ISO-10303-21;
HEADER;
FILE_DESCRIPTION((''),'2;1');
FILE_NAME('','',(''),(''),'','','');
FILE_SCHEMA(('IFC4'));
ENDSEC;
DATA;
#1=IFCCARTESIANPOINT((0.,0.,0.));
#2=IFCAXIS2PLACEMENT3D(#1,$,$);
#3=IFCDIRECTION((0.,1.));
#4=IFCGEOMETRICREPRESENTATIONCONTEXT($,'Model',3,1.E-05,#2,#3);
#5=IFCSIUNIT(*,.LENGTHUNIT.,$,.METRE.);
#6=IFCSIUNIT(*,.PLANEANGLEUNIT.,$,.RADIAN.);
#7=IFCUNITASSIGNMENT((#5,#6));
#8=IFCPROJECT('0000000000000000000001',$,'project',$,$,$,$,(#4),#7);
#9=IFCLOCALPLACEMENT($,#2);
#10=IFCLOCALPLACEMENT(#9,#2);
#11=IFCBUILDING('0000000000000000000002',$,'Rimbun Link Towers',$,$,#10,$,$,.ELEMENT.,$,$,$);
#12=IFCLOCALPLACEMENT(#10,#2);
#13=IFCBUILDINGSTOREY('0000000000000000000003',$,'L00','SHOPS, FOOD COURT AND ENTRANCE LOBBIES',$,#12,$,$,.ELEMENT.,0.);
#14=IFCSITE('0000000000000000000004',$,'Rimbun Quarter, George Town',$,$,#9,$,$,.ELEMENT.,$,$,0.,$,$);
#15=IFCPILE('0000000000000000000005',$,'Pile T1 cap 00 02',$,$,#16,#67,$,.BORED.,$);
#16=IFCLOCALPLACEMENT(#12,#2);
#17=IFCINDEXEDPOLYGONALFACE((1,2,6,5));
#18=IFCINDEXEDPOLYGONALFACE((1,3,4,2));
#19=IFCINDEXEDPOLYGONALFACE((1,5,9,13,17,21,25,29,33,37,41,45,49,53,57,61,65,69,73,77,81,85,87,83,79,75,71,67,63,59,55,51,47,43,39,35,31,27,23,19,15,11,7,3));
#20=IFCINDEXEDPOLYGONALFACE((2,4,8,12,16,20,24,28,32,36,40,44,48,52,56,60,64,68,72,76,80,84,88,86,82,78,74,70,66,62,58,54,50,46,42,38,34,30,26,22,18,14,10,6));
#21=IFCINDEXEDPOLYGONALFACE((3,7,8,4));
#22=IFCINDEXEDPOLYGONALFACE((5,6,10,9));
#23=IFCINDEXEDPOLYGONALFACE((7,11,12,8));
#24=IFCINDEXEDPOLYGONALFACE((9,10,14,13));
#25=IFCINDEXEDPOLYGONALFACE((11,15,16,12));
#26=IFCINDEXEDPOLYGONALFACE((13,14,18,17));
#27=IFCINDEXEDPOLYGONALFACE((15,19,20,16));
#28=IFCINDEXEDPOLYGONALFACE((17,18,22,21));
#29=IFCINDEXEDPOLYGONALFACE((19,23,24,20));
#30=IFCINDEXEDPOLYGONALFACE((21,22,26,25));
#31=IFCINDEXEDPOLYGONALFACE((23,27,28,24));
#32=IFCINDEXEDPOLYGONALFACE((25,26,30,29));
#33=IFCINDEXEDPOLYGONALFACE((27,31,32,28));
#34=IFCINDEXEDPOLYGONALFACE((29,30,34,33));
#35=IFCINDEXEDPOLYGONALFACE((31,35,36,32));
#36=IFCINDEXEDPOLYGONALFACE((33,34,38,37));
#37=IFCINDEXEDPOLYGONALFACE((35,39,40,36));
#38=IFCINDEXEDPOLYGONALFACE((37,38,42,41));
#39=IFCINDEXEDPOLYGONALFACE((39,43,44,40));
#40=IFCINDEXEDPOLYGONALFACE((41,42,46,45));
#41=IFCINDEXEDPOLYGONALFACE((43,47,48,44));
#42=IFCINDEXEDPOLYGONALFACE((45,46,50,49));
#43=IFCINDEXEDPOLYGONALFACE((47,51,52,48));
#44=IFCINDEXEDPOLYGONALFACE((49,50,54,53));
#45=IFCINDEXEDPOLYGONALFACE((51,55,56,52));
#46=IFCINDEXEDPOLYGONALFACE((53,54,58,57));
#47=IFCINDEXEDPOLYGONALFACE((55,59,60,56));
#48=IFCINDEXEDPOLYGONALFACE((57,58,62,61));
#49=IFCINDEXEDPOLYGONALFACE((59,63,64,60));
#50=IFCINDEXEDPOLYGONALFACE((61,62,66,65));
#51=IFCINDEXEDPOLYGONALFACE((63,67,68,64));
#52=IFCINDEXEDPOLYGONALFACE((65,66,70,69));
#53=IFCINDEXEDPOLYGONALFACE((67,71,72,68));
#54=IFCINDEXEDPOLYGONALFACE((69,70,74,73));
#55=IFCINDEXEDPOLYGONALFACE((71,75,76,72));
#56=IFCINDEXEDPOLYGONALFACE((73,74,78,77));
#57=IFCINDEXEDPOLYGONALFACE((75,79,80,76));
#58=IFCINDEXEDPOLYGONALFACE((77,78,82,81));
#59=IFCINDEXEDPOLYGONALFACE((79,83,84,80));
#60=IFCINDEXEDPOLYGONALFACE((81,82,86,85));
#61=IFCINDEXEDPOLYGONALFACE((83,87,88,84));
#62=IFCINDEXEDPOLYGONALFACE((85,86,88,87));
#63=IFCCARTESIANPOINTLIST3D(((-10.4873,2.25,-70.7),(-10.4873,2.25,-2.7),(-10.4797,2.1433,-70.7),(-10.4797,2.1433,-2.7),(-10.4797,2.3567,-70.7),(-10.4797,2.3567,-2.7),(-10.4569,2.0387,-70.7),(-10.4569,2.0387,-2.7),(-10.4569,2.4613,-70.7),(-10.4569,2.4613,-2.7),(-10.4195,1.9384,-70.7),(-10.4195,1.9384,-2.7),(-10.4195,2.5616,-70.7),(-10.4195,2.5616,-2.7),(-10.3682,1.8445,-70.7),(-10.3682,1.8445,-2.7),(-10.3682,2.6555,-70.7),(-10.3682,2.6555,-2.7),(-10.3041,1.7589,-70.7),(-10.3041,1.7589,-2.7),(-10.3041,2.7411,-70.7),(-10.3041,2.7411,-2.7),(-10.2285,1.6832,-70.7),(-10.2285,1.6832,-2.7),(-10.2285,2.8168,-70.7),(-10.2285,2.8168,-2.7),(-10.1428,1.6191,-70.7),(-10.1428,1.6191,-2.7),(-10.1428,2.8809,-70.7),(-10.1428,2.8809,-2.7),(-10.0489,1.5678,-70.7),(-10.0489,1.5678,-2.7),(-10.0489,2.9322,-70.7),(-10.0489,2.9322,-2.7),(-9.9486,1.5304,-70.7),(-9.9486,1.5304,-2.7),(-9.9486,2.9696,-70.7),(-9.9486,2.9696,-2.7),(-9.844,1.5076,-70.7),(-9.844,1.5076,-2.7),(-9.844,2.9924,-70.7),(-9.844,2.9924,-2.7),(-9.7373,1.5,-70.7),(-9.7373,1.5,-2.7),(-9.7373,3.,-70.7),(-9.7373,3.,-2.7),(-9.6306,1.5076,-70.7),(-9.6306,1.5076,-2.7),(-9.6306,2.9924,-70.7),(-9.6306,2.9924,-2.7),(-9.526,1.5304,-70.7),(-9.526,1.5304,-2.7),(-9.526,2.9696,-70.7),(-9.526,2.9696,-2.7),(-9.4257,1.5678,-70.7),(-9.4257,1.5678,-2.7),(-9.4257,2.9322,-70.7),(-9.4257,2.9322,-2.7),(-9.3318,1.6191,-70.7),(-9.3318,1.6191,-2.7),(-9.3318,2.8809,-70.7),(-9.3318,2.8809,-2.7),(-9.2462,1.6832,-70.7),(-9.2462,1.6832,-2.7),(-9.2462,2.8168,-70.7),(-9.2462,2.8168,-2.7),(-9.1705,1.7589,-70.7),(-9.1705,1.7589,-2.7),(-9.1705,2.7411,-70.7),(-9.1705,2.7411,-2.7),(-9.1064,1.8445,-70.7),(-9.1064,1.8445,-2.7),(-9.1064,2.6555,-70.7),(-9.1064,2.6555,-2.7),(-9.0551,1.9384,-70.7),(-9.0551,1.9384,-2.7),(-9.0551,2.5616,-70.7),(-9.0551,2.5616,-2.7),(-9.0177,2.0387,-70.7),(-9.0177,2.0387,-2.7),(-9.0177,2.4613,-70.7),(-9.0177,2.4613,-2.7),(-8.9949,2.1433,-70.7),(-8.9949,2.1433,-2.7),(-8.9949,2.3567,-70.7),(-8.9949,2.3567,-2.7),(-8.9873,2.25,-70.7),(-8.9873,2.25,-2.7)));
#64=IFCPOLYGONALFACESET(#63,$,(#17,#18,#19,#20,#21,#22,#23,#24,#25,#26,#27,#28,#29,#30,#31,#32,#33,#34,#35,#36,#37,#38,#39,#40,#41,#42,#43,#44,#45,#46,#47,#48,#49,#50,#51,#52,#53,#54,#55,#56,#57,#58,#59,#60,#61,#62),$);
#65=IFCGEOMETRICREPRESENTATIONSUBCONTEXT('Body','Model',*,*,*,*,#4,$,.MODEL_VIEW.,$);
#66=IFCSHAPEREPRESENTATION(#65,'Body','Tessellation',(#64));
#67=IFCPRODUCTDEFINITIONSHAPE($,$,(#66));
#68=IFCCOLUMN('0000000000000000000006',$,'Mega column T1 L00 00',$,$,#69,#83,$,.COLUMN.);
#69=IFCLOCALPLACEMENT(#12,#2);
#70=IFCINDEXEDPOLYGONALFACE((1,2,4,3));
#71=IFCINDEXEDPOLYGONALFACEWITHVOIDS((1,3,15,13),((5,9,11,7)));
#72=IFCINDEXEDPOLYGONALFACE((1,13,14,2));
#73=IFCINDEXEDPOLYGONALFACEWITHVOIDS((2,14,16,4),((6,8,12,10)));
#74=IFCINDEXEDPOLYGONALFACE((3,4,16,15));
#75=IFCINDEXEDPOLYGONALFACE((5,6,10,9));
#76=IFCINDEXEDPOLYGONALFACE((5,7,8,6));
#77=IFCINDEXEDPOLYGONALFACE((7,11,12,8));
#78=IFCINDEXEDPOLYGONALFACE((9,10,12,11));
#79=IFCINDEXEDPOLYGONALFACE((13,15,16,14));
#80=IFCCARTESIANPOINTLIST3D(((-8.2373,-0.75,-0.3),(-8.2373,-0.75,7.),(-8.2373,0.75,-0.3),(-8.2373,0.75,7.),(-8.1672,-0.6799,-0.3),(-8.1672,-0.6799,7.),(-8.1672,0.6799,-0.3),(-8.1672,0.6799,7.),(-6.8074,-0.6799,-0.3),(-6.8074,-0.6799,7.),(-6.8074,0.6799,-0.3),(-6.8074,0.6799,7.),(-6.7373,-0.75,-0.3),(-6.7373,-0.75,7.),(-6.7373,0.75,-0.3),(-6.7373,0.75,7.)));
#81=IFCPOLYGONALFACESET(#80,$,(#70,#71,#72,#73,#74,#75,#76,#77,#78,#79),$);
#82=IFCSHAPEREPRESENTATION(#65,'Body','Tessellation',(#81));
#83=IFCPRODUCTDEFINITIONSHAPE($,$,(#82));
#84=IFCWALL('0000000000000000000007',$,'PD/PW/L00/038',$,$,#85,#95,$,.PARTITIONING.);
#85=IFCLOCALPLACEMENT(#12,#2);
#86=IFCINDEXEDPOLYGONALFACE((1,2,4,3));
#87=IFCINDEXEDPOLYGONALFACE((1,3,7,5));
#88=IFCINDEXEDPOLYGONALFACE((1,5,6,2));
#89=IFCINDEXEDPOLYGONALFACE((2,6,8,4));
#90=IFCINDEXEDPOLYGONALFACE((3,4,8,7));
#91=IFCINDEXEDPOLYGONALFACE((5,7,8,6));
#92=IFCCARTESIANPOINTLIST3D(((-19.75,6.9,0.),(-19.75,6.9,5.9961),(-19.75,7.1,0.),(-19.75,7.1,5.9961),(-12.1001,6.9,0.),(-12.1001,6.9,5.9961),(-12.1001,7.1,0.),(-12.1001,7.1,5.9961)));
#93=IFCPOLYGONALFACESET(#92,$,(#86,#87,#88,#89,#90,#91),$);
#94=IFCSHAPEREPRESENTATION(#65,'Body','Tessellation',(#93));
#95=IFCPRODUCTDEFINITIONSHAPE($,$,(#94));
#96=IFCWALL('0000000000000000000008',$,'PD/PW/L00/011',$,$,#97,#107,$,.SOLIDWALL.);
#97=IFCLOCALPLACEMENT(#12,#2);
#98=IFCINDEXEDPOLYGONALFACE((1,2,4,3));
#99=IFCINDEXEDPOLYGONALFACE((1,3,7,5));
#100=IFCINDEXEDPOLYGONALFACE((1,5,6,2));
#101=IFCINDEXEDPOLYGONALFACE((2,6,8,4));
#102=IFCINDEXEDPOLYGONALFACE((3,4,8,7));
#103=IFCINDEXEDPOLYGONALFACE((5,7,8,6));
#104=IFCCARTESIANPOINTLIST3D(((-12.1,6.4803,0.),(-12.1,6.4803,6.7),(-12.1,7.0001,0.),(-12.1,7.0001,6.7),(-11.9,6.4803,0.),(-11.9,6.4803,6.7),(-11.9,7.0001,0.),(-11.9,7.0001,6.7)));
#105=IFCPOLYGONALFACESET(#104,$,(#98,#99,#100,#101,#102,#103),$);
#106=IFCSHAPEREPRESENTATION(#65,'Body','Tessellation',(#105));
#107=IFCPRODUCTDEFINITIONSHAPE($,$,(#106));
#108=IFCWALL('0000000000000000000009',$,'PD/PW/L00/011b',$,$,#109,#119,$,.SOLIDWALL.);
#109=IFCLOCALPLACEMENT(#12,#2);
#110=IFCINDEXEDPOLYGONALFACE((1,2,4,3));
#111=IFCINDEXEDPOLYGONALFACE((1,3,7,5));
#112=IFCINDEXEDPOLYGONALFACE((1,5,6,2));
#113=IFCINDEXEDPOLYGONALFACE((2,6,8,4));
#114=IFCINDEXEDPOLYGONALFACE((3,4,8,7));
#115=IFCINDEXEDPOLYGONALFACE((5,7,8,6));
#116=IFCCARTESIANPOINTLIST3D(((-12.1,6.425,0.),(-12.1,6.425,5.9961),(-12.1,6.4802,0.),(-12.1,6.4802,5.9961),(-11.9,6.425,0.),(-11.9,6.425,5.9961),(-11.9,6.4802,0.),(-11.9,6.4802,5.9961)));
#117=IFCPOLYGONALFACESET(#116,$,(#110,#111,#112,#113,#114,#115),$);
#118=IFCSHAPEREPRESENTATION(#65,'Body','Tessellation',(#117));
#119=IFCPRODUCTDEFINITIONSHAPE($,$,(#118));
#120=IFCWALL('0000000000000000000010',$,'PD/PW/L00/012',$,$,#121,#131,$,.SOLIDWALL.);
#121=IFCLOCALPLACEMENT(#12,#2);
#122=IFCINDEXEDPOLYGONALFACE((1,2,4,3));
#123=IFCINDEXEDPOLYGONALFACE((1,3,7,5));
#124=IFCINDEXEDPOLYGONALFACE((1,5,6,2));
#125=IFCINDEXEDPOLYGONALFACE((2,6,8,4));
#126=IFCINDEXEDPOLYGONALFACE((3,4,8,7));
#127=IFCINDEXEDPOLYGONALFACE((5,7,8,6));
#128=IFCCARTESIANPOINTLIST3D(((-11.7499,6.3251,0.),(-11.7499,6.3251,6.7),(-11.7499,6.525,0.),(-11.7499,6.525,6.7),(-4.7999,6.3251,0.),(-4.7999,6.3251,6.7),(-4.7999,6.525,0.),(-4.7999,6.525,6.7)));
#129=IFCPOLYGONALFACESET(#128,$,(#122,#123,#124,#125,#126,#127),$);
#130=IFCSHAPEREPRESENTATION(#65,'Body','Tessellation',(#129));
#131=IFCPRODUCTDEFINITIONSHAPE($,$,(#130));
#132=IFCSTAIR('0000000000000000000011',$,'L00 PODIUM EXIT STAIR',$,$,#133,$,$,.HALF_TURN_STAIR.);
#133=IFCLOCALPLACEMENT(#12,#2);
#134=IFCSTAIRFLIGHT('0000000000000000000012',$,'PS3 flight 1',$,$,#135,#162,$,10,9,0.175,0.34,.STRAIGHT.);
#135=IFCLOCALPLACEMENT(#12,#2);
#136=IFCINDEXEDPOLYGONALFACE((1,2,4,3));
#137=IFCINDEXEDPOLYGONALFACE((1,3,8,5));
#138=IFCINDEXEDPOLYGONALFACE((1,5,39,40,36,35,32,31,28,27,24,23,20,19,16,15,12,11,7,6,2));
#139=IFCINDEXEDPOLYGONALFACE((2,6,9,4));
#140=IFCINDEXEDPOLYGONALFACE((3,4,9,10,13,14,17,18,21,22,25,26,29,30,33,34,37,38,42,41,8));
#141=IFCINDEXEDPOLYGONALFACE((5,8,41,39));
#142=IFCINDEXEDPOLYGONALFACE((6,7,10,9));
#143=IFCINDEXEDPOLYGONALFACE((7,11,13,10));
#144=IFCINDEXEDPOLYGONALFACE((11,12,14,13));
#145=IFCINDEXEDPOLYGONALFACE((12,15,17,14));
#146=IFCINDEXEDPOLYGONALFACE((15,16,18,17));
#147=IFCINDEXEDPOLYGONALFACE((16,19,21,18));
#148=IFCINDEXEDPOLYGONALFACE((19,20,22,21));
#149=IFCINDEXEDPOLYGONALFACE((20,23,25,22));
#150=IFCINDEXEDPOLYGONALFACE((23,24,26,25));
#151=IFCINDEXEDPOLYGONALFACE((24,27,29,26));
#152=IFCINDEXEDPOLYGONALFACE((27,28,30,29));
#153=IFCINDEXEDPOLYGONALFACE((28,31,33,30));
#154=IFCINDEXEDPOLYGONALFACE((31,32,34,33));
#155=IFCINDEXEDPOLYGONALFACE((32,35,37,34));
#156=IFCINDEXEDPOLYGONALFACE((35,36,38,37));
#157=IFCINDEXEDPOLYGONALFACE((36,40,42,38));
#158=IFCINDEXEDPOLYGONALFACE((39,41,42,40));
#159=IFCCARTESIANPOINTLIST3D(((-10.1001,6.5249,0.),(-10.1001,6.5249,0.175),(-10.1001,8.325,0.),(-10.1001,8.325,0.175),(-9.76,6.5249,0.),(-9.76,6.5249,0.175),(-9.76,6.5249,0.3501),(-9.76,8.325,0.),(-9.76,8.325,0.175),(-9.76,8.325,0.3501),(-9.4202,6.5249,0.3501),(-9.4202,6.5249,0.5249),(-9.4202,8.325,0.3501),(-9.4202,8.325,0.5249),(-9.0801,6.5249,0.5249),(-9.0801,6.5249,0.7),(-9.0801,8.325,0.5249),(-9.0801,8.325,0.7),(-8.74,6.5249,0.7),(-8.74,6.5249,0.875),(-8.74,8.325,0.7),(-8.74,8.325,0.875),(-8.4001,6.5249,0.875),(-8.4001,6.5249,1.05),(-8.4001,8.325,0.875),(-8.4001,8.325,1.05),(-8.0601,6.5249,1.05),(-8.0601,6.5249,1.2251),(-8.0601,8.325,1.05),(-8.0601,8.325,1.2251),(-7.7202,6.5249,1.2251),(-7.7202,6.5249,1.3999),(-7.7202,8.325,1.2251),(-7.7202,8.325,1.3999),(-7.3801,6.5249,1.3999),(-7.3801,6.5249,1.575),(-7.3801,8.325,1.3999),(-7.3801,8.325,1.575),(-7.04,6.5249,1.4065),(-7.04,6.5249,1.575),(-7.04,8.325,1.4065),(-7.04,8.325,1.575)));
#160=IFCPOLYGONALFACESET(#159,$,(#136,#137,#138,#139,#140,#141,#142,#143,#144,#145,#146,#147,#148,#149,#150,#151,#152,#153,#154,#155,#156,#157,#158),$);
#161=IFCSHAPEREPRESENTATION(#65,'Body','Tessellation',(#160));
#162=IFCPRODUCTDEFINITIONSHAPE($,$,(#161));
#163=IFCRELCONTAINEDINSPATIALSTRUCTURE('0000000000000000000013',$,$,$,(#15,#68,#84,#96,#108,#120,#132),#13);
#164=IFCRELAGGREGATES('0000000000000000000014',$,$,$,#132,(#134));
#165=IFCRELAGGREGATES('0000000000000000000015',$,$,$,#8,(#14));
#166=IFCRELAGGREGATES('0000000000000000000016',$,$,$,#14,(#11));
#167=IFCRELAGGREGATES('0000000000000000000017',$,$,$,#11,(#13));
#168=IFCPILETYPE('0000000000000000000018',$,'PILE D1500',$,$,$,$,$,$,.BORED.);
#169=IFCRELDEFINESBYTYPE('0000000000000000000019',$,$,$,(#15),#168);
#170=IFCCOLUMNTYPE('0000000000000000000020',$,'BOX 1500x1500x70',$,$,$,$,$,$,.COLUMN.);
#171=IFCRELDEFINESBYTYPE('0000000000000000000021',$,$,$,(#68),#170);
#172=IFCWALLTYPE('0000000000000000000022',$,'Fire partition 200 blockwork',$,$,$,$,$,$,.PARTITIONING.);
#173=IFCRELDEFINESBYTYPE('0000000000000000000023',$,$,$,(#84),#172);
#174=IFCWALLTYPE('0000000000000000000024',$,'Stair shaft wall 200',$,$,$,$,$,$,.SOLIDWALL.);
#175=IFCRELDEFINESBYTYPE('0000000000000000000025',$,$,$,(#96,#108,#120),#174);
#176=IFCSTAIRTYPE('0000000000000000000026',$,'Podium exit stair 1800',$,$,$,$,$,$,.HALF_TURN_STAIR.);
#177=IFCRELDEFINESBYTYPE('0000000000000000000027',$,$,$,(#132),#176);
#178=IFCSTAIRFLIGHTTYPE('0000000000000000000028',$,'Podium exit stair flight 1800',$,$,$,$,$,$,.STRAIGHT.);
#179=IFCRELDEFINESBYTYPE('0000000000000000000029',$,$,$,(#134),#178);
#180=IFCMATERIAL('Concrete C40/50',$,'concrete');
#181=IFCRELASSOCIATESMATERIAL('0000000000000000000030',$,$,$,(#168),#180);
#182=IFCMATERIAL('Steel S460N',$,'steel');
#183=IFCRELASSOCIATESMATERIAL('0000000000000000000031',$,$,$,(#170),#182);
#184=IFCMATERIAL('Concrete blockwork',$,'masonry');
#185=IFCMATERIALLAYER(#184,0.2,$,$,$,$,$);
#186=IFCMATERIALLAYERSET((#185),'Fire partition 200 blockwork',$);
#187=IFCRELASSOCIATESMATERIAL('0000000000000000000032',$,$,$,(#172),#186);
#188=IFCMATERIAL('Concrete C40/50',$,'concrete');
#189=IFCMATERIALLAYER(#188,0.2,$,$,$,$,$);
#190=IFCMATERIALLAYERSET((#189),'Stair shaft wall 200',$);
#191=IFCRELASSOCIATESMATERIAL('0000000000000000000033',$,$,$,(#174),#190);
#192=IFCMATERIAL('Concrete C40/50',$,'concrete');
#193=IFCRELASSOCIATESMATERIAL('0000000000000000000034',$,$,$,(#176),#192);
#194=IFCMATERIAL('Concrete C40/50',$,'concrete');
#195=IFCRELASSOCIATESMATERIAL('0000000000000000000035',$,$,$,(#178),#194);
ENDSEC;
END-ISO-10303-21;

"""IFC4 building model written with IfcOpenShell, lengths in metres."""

from ifc_helpers import new_model, si_unit, direction, frame, frame_2d, origin, origin_2d, place, context, subcontext, project, spatial, polyline, rectangle, hollow_rectangle, circle, outline, extrude, material, layer, layer_set, material_profile, profile_set, type_object, element, aggregate, save


model = new_model("IFC4")

# Units and contexts
model_context = context("Model", 3, precision=1e-05, world=origin(), true_north=direction((0.0, 1.0)))
body_context = subcontext(model_context, "Body", "Model", "MODEL_VIEW")
ifc_project = project(units=[si_unit("LENGTHUNIT", "METRE"), si_unit("PLANEANGLEUNIT", "RADIAN")], contexts=[model_context])

# Site, building, storey
site_placement = place(None, origin())
site = spatial("IfcSite", under=ifc_project, at=site_placement, Name="Rimbun Quarter, George Town", CompositionType="ELEMENT", RefElevation=0.0)
building_placement = place(site_placement, origin())
building = spatial("IfcBuilding", under=site, at=building_placement, Name="Rimbun Link Towers", CompositionType="ELEMENT")
storey_placement = place(building_placement, origin())
storey = spatial("IfcBuildingStorey", under=building, at=storey_placement, Name="L00", Description="SHOPS, FOOD COURT AND ENTRANCE LOBBIES", CompositionType="ELEMENT", Elevation=0.0)

# Pile
ifc_material_1 = material(Name="Concrete C40/50", Category="concrete")
ifc_material_profile_1 = material_profile(ifc_material_1, circle(Radius=0.75, at=origin_2d()), Name="PILE D1500")
ifc_profile_set_1 = profile_set([ifc_material_profile_1], Name="Concrete C40/50")
pile_type = type_object("IfcPileType", Name="PILE D1500", PredefinedType="BORED", material=ifc_profile_set_1)
for number, where, z_axis, x_axis, name in (
    (1, (-9.7373, 2.25, -2.7), (0.0, 0.0, -1.0), (1.0, 0.0, 0.0), "Pile T1 cap 00 02"),
):
    element("IfcPile", number, at=place(storey_placement, frame(where, z_axis=z_axis, x_axis=x_axis)), inside=storey, type_object=pile_type, Name=name, PredefinedType="BORED", context=body_context, shape_type="SweptSolid", body=[
        extrude(circle(Radius=0.75, at=origin_2d()), origin(), (0.0, 0.0, 1.0), 68.0),
    ])

# Column
ifc_material_2 = material(Name="Steel S460N", Category="steel")
ifc_material_profile_2 = material_profile(ifc_material_2, hollow_rectangle(XDim=1.5, YDim=1.5, WallThickness=0.0701, at=origin_2d()), Name="BOX 1500x1500x70")
ifc_profile_set_2 = profile_set([ifc_material_profile_2], Name="Steel S460N")
column_type = type_object("IfcColumnType", Name="BOX 1500x1500x70", PredefinedType="COLUMN", material=ifc_profile_set_2)
column_placement = place(storey_placement, frame((-7.4873, 0.0, -0.3), z_axis=(0.0, 0.0, 1.0), x_axis=(1.0, 0.0, 0.0)))
element("IfcColumn", 2, at=column_placement, inside=storey, type_object=column_type, Name="Mega column T1 L00 00", PredefinedType="COLUMN", context=body_context, shape_type="SweptSolid", body=[
    extrude(hollow_rectangle(XDim=1.5, YDim=1.5, WallThickness=0.0701, at=origin_2d()), origin(), (0.0, 0.0, 1.0), 7.3),
])

# Walls
ifc_material_3 = material(Name="Concrete blockwork", Category="masonry")
ifc_layer_1 = layer(ifc_material_3, 0.2)
ifc_layer_set_1 = layer_set([ifc_layer_1], Name="Fire partition 200 blockwork")
wall_type_1 = type_object("IfcWallType", Name="Fire partition 200 blockwork", PredefinedType="PARTITIONING", material=ifc_layer_set_1)
wall_1_placement = place(storey_placement, frame((-19.75, 7.0, 0.0), z_axis=(0.0, 0.0, 1.0), x_axis=(1.0, 0.0, 0.0)))
element("IfcWall", 3, at=wall_1_placement, inside=storey, type_object=wall_type_1, Name="PD/PW/L00/038", PredefinedType="PARTITIONING", context=body_context, shape_type="SweptSolid", body=[
    extrude(rectangle(XDim=7.6499, YDim=0.2, at=frame_2d((3.825, 0.0))), origin(), (0.0, 0.0, 1.0), 5.9961),
])
ifc_material_4 = material(Name="Concrete C40/50", Category="concrete")
ifc_layer_2 = layer(ifc_material_4, 0.2)
ifc_layer_set_2 = layer_set([ifc_layer_2], Name="Stair shaft wall 200")
wall_type_2 = type_object("IfcWallType", Name="Stair shaft wall 200", PredefinedType="SOLIDWALL", material=ifc_layer_set_2)
wall_2_placement = place(storey_placement, frame((-12.0, 7.0, 0.0), z_axis=(0.0, 0.0, 1.0), x_axis=(0.0, -1.0, 0.0)))
element("IfcWall", 4, at=wall_2_placement, inside=storey, type_object=wall_type_2, Name="PD/PW/L00/011", PredefinedType="SOLIDWALL", context=body_context, shape_type="SweptSolid", body=[
    extrude(rectangle(XDim=0.5198, YDim=0.2, at=frame_2d((0.2598, 0.0))), origin(), (0.0, 0.0, 1.0), 6.7),
])
wall_3_placement = place(storey_placement, frame((-12.0, 6.4802, 0.0), z_axis=(0.0, 0.0, 1.0), x_axis=(0.0, -1.0, 0.0)))
element("IfcWall", 5, at=wall_3_placement, inside=storey, type_object=wall_type_2, Name="PD/PW/L00/011b", PredefinedType="SOLIDWALL", context=body_context, shape_type="SweptSolid", body=[
    extrude(rectangle(XDim=0.0552, YDim=0.2, at=frame_2d((0.0276, 0.0))), origin(), (0.0, 0.0, 1.0), 5.9961),
])
wall_4_placement = place(storey_placement, frame((-11.75, 6.425, 0.0), z_axis=(0.0, 0.0, 1.0), x_axis=(1.0, 0.0, 0.0)))
element("IfcWall", 6, at=wall_4_placement, inside=storey, type_object=wall_type_2, Name="PD/PW/L00/012", PredefinedType="SOLIDWALL", context=body_context, shape_type="SweptSolid", body=[
    extrude(rectangle(XDim=6.95, YDim=0.2, at=frame_2d((3.4751, 0.0))), origin(), (0.0, 0.0, 1.0), 6.7),
])

# Stair, stair flight
ifc_material_5 = material(Name="Concrete C40/50", Category="concrete")
stair_type = type_object("IfcStairType", Name="Podium exit stair 1800", PredefinedType="HALF_TURN_STAIR", material=ifc_material_5)
stair_placement = place(storey_placement, origin())
stair = element("IfcStair", 7, at=stair_placement, inside=storey, type_object=stair_type, Name="L00 PODIUM EXIT STAIR", PredefinedType="HALF_TURN_STAIR")
ifc_material_6 = material(Name="Concrete C40/50", Category="concrete")
stair_flight_type = type_object("IfcStairFlightType", Name="Podium exit stair flight 1800", PredefinedType="STRAIGHT", material=ifc_material_6)
stair_flight_1_placement = place(storey_placement, frame((-10.1001, 7.425, 0.0), z_axis=(0.0, 0.0, 1.0), x_axis=(1.0, 0.0, 0.0)))
stair_flight_1 = element("IfcStairFlight", 8, at=stair_flight_1_placement, type_object=stair_flight_type, Name="PS3 flight 1", NumberOfRisers=10, NumberOfTreads=9, PredefinedType="STRAIGHT", RiserHeight=0.175, TreadLength=0.34, context=body_context, shape_type="SweptSolid", body=[
    extrude(outline(polyline([(0.0, 0.0), (0.0, 0.175), (0.3401, 0.175), (0.3401, 0.3501), (0.6799, 0.3501), (0.6799, 0.5249), (1.02, 0.5249), (1.02, 0.7), (1.3601, 0.7), (1.3601, 0.875), (1.7, 0.875), (1.7, 1.05), (2.04, 1.05), (2.04, 1.2251), (2.3799, 1.2251), (2.3799, 1.3999), (2.72, 1.3999), (2.72, 1.575), (3.0601, 1.575), (3.0601, 1.75), (3.0601, 1.4065), (0.3401, 0.0), (0.0, 0.0)])), frame((0.0, 0.8999, 0.0), z_axis=(0.0, -1.0, 0.0), x_axis=(1.0, 0.0, 0.0)), (0.0, 0.0, 1.0), 1.8),
])
aggregate(stair, [stair_flight_1])

save(model, "model.ifc")
